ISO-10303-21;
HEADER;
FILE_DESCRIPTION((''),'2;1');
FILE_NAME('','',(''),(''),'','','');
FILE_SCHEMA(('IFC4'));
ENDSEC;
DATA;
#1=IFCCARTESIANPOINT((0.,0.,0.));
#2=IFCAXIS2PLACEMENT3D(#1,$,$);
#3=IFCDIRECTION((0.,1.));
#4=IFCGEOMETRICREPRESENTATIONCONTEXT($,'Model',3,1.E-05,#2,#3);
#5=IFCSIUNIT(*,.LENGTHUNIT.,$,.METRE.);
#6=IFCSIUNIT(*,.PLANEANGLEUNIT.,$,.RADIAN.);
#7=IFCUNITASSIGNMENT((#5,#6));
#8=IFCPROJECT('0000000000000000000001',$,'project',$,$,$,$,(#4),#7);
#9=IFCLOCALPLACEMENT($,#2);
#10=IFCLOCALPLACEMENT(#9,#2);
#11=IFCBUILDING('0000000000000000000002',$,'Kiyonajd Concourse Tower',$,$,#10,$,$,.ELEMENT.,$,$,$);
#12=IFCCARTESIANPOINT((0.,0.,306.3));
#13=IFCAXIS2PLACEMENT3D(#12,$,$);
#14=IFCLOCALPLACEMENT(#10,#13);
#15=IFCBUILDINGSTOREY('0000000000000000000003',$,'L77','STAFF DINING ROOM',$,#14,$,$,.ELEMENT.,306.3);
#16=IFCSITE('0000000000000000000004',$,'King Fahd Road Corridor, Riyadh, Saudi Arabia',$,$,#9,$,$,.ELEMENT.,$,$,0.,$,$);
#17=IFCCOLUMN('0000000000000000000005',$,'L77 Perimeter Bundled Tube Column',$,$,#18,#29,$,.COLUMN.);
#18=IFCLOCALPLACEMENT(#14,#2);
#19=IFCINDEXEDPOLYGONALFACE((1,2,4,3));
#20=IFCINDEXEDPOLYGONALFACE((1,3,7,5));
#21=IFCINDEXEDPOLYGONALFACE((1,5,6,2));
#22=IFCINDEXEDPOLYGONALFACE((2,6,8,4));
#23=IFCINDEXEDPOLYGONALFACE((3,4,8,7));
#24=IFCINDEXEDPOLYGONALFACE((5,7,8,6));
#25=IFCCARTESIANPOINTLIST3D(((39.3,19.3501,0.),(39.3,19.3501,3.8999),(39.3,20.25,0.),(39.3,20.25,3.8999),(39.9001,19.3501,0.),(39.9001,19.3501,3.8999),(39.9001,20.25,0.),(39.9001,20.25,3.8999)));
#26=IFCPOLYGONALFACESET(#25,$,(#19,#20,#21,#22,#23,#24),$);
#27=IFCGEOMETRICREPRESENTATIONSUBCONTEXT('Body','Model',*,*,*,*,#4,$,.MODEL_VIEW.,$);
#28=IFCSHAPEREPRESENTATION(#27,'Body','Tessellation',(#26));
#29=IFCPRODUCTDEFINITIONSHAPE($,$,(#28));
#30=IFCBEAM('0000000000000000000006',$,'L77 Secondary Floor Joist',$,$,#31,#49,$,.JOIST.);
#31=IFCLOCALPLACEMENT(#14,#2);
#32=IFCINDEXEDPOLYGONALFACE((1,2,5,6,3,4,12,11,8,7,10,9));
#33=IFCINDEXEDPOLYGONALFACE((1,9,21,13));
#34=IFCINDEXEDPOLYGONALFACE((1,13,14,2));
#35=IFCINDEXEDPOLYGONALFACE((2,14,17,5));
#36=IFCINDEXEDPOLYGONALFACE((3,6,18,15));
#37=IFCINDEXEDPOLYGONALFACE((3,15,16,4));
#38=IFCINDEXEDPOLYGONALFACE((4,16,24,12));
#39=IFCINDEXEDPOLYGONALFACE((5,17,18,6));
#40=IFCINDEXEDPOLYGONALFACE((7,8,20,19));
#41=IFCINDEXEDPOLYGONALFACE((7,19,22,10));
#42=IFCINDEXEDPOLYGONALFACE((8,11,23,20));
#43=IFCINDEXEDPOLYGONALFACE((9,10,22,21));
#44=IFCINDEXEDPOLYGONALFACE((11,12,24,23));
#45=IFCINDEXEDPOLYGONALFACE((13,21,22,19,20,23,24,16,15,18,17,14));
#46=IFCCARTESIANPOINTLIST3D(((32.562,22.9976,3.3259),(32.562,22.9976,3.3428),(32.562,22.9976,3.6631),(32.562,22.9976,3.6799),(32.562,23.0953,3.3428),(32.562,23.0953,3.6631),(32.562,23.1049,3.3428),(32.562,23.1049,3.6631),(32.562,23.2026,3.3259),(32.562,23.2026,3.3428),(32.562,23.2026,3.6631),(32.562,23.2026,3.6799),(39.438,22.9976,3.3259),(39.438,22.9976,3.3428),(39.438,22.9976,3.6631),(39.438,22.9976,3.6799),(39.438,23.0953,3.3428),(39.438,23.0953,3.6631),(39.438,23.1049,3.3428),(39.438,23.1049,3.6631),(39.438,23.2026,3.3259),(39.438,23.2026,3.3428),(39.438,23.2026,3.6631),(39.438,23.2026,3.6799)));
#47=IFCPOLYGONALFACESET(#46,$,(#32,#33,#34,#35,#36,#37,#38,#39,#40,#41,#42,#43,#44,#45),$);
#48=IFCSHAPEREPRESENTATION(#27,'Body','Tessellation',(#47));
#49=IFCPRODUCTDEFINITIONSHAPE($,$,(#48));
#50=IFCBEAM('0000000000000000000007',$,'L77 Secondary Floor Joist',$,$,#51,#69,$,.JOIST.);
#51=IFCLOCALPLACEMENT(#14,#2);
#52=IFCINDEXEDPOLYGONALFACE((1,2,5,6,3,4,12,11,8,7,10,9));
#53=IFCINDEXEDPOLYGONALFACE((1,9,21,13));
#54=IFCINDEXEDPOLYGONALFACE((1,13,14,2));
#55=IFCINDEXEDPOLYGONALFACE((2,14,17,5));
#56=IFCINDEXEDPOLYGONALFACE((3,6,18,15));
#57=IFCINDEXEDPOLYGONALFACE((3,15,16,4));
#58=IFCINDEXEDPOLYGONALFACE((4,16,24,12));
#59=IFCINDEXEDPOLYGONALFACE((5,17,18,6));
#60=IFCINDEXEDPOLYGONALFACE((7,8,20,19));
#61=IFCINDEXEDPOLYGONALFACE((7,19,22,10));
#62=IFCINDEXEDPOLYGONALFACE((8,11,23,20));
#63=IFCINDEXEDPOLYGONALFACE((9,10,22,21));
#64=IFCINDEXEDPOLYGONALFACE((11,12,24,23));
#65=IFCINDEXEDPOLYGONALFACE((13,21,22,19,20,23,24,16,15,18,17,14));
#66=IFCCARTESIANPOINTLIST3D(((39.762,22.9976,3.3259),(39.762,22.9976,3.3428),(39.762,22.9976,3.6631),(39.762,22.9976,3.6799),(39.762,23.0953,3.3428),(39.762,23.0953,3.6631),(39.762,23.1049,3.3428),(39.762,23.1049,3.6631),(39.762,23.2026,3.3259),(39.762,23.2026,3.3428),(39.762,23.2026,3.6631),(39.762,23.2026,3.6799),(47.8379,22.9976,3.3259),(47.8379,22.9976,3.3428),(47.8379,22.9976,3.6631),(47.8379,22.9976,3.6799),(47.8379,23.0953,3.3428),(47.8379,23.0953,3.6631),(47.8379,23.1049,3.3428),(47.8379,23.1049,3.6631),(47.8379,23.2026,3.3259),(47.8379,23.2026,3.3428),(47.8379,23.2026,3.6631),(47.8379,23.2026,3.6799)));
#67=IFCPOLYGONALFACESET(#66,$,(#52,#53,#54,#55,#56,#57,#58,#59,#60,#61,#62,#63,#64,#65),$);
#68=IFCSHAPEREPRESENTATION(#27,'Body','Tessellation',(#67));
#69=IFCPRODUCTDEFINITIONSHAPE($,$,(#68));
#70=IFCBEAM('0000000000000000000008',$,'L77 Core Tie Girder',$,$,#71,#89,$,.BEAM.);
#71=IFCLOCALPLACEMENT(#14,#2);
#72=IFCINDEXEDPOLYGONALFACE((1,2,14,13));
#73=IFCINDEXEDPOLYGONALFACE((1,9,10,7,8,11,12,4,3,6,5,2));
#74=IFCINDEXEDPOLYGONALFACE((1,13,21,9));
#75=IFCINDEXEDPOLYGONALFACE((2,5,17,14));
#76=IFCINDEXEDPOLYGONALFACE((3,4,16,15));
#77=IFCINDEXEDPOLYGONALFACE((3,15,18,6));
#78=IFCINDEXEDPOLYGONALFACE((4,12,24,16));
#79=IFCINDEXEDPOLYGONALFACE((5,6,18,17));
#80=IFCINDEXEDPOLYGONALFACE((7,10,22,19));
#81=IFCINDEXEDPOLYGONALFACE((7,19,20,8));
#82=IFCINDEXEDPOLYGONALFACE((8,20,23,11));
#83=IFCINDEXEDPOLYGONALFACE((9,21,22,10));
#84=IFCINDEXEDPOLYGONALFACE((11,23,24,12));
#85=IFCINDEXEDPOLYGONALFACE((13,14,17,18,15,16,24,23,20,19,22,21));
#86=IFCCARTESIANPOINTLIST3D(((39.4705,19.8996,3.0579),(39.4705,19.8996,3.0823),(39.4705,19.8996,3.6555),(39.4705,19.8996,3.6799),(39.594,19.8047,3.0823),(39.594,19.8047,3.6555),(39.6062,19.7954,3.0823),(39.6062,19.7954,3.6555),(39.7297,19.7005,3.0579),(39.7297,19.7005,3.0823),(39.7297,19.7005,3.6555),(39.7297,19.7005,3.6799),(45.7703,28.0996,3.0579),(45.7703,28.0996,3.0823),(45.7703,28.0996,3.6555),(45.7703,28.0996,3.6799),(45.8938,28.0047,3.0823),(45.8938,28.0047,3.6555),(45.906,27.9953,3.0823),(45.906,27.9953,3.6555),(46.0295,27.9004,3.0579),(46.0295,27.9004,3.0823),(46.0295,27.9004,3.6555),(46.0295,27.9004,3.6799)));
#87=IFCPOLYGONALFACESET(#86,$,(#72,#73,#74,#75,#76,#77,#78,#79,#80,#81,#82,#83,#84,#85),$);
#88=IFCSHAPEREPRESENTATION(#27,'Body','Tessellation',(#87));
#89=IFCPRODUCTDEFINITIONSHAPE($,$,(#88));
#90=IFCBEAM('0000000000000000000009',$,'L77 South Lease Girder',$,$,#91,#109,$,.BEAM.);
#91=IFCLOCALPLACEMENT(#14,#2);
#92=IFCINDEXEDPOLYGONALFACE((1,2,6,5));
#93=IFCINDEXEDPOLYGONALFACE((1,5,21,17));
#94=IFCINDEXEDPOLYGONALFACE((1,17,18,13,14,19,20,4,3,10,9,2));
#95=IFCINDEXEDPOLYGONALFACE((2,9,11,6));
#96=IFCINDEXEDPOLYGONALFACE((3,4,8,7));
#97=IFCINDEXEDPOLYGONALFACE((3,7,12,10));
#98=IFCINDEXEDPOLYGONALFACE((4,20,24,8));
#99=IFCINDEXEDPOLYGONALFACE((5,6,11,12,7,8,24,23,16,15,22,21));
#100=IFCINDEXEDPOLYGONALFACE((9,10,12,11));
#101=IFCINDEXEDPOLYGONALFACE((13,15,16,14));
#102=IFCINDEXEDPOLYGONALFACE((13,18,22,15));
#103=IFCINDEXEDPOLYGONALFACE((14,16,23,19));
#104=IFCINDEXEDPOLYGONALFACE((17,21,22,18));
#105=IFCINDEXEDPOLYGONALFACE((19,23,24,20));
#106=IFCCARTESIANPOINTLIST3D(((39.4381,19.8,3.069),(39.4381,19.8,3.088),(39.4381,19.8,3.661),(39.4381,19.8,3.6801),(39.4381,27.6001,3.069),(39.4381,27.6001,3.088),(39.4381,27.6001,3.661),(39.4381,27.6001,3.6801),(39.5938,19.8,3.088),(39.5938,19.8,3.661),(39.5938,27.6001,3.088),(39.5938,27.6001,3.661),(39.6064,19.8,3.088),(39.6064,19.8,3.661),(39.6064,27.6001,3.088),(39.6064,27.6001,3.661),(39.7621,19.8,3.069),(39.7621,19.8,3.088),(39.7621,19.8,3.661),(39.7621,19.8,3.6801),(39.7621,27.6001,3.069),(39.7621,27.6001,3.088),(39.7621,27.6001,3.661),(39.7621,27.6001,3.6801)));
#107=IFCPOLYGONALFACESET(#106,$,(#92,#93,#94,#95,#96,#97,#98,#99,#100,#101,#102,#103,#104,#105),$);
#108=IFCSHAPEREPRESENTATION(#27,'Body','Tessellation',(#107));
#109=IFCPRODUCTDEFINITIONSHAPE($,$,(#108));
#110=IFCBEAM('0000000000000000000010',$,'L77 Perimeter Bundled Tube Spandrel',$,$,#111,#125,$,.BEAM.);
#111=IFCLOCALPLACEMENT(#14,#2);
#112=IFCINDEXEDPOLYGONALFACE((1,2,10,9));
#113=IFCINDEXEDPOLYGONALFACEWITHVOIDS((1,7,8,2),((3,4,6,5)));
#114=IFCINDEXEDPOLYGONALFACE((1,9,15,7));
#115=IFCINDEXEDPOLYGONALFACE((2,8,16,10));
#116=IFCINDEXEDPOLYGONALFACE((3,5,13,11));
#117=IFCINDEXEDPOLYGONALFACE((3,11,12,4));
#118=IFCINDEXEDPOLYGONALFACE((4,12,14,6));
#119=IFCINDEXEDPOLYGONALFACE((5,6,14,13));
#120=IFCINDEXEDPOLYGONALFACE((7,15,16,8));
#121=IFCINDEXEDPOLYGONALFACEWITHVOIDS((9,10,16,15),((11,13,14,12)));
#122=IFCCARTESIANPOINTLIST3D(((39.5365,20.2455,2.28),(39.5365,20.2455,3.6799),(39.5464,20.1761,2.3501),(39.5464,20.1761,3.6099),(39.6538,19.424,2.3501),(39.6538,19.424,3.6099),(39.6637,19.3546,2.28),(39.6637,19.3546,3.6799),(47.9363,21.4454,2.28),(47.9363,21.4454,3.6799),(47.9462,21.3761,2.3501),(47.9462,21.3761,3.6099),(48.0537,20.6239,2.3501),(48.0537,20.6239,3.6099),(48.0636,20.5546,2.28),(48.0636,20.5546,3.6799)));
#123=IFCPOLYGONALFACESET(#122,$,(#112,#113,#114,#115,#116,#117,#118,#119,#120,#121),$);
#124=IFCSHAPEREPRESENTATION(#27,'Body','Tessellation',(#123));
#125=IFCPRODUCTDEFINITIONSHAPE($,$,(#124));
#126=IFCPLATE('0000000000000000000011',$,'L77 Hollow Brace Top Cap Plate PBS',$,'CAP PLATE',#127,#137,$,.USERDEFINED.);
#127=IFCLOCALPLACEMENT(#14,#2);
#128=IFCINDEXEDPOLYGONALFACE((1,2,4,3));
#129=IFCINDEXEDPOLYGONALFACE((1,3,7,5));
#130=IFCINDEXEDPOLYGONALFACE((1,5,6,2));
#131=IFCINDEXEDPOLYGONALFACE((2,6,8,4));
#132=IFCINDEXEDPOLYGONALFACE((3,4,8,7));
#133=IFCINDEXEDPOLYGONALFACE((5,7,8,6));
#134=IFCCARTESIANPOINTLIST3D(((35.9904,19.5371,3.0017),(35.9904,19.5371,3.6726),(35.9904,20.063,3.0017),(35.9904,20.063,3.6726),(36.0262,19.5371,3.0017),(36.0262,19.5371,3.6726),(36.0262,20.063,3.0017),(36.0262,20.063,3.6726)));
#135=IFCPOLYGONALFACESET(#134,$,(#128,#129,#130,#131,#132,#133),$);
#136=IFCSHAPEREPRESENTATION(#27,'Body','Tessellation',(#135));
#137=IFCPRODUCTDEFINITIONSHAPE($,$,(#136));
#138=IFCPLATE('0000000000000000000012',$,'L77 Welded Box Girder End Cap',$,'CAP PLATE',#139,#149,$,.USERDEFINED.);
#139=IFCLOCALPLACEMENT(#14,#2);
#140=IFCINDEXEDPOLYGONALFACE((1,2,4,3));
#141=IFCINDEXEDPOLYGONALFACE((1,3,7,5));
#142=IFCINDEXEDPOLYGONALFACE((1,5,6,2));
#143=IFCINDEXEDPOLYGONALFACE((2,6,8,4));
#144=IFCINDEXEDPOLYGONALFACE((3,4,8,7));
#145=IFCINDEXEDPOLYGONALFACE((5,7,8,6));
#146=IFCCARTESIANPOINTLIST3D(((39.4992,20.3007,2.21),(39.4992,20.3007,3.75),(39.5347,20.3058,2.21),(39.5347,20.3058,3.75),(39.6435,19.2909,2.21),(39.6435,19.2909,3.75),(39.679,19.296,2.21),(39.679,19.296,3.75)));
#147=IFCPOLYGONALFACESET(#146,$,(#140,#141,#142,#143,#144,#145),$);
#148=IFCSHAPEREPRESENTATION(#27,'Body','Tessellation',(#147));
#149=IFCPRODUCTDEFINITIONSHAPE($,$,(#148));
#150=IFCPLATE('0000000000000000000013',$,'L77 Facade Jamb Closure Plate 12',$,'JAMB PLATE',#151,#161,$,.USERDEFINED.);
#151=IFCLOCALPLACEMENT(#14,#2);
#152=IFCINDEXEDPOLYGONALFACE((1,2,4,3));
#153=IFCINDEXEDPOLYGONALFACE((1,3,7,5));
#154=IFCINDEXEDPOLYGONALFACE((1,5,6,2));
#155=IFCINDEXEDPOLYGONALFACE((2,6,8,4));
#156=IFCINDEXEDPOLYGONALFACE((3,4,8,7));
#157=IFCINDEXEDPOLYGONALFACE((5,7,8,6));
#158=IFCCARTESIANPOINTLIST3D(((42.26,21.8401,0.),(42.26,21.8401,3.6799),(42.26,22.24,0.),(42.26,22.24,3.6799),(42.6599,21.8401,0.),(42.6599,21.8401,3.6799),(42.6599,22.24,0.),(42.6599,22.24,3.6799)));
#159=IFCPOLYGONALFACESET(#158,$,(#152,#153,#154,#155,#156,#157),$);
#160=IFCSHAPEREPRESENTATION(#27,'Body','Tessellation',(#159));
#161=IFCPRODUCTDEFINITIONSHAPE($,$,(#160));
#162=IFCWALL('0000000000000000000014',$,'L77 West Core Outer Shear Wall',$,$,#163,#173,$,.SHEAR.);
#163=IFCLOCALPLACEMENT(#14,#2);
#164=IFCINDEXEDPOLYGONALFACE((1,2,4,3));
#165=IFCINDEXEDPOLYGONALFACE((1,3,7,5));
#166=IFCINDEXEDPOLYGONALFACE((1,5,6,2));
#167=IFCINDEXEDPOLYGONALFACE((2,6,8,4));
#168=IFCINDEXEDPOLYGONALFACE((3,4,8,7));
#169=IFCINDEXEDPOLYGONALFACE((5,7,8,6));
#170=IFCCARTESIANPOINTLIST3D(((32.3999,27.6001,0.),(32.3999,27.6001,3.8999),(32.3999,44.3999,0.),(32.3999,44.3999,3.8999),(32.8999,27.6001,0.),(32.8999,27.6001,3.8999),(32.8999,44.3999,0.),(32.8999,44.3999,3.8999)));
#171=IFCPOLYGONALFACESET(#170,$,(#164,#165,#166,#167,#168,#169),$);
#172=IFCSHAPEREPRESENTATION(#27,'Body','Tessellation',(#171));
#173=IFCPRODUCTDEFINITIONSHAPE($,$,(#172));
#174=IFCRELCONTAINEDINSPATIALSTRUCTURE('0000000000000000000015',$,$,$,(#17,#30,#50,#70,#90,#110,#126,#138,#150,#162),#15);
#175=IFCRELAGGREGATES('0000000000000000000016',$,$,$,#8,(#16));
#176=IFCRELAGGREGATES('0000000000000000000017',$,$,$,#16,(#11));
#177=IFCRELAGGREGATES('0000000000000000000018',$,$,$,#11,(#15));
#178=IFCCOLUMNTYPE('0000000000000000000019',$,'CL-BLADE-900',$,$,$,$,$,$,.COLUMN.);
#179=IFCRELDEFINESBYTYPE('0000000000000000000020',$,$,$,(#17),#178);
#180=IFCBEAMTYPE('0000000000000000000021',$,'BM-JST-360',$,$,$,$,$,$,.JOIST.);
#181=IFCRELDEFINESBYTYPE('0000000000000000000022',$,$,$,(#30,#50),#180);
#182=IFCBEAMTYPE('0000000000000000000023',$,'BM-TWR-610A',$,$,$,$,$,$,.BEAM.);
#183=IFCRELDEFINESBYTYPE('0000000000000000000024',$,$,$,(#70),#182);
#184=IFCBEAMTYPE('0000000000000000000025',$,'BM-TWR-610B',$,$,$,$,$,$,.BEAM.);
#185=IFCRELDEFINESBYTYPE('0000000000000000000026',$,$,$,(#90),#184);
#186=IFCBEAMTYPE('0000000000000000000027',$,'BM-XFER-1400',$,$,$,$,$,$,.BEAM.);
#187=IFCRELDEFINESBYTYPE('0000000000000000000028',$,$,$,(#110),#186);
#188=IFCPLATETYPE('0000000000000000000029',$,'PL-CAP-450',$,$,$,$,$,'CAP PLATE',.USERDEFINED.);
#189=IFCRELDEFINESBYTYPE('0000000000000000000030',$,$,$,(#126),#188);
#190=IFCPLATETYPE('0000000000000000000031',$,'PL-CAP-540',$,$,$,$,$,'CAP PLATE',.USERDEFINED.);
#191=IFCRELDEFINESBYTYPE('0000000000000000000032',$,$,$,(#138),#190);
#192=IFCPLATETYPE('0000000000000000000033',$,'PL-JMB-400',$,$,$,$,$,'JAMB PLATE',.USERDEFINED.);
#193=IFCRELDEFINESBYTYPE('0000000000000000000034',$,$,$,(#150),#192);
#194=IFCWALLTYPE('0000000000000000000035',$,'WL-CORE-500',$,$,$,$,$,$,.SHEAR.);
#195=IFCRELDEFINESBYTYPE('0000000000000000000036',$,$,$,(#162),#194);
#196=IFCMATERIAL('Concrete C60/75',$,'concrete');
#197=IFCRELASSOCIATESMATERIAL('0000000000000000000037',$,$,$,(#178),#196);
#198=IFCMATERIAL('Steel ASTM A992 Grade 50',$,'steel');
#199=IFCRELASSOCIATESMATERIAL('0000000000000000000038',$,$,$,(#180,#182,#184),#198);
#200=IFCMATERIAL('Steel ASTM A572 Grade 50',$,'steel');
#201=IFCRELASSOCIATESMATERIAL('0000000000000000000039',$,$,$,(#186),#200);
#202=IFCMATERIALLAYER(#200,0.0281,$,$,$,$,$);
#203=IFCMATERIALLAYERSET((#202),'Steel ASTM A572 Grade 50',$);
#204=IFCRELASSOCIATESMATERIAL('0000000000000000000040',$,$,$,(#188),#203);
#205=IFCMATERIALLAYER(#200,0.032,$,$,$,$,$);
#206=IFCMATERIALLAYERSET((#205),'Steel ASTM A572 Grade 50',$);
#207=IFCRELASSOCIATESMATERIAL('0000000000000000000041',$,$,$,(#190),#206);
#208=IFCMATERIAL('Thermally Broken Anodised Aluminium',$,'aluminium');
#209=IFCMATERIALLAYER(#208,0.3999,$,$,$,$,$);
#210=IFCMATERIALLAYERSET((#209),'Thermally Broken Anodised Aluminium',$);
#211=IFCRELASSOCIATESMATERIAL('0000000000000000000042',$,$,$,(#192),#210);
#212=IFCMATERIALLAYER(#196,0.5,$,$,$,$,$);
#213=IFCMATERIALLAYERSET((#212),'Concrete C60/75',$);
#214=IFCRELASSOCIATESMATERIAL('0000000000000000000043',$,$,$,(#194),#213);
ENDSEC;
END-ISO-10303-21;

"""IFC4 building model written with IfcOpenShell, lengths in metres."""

from ifc_helpers import new_model, si_unit, direction, frame, frame_2d, origin, origin_2d, place, context, subcontext, project, spatial, rectangle, hollow_rectangle, i_section, extrude, material, layer, layer_set, material_profile, profile_set, type_object, element, save


model = new_model("IFC4")

# Units and contexts
model_context = context("Model", 3, precision=1e-05, world=origin(), true_north=direction((0.0, 1.0)))
body_context = subcontext(model_context, "Body", "Model", "MODEL_VIEW")
ifc_project = project(units=[si_unit("LENGTHUNIT", "METRE"), si_unit("PLANEANGLEUNIT", "RADIAN")], contexts=[model_context])

# Site, building, storey
site_placement = place(None, origin())
site = spatial("IfcSite", under=ifc_project, at=site_placement, Name="King Fahd Road Corridor, Riyadh, Saudi Arabia", CompositionType="ELEMENT", RefElevation=0.0)
building_placement = place(site_placement, origin())
building = spatial("IfcBuilding", under=site, at=building_placement, Name="Kiyonajd Concourse Tower", CompositionType="ELEMENT")
storey_placement = place(building_placement, frame((0.0, 0.0, 306.3)))
storey = spatial("IfcBuildingStorey", under=building, at=storey_placement, Name="L77", Description="STAFF DINING ROOM", CompositionType="ELEMENT", Elevation=306.3)

# Column
ifc_material_1 = material(Name="Concrete C60/75", Category="concrete")
ifc_material_profile_1 = material_profile(ifc_material_1, rectangle(XDim=0.6001, YDim=0.8999, at=origin_2d()), Name="RC-900x600")
ifc_profile_set_1 = profile_set([ifc_material_profile_1], Name="Concrete C60/75")
column_type = type_object("IfcColumnType", Name="CL-BLADE-900", PredefinedType="COLUMN", material=ifc_profile_set_1)
column_placement = place(storey_placement, frame((39.6001, 19.8, 0.0), z_axis=(0.0, 0.0, 1.0), x_axis=(1.0, 0.0, 0.0)))
element("IfcColumn", 1, at=column_placement, inside=storey, type_object=column_type, Name="L77 Perimeter Bundled Tube Column", PredefinedType="COLUMN", context=body_context, shape_type="SweptSolid", body=[
    extrude(rectangle(XDim=0.6001, YDim=0.8999, at=origin_2d()), origin(), (0.0, 0.0, 1.0), 3.8999),
])

# Beams
ifc_material_2 = material(Name="Steel ASTM A992 Grade 50", Category="steel")
ifc_material_profile_2 = material_profile(ifc_material_2, i_section(OverallWidth=0.2051, OverallDepth=0.354, WebThickness=0.0095, FlangeThickness=0.0168, at=origin_2d()), Name="W360X79")
ifc_profile_set_2 = profile_set([ifc_material_profile_2], Name="Steel ASTM A992 Grade 50")
beam_type_1 = type_object("IfcBeamType", Name="BM-JST-360", PredefinedType="JOIST", material=ifc_profile_set_2)
beam_1_placement = place(storey_placement, frame((32.562, 23.1001, 3.5029), z_axis=(1.0, 0.0, 0.0), x_axis=(0.0, 1.0, 0.0)))
element("IfcBeam", 2, at=beam_1_placement, inside=storey, type_object=beam_type_1, Name="L77 Secondary Floor Joist", PredefinedType="JOIST", context=body_context, shape_type="SweptSolid", body=[
    extrude(i_section(OverallWidth=0.2051, OverallDepth=0.354, WebThickness=0.0095, FlangeThickness=0.0168, at=origin_2d()), origin(), (0.0, 0.0, 1.0), 6.876),
])
beam_2_placement = place(storey_placement, frame((39.762, 23.1001, 3.5029), z_axis=(1.0, 0.0, 0.0), x_axis=(0.0, 1.0, 0.0)))
element("IfcBeam", 3, at=beam_2_placement, inside=storey, type_object=beam_type_1, Name="L77 Secondary Floor Joist", PredefinedType="JOIST", context=body_context, shape_type="SweptSolid", body=[
    extrude(i_section(OverallWidth=0.2051, OverallDepth=0.354, WebThickness=0.0095, FlangeThickness=0.0168, at=origin_2d()), origin(), (0.0, 0.0, 1.0), 8.0759),
])
ifc_material_profile_3 = material_profile(ifc_material_2, i_section(OverallWidth=0.3269, OverallDepth=0.6221, WebThickness=0.0154, FlangeThickness=0.0244, at=origin_2d()), Name="W610X195")
ifc_profile_set_3 = profile_set([ifc_material_profile_3], Name="Steel ASTM A992 Grade 50")
beam_type_2 = type_object("IfcBeamType", Name="BM-TWR-610A", PredefinedType="BEAM", material=ifc_profile_set_3)
beam_3_placement = place(storey_placement, frame((39.6001, 19.8, 3.3689), z_axis=(0.609234, 0.792991, 0.0), x_axis=(-0.792991, 0.609234, 0.0)))
element("IfcBeam", 4, at=beam_3_placement, inside=storey, type_object=beam_type_2, Name="L77 Core Tie Girder", PredefinedType="BEAM", context=body_context, shape_type="SweptSolid", body=[
    extrude(i_section(OverallWidth=0.3269, OverallDepth=0.6221, WebThickness=0.0154, FlangeThickness=0.0244, at=origin_2d()), origin(), (0.0, 0.0, 1.0), 10.3406),
])
ifc_material_profile_4 = material_profile(ifc_material_2, i_section(OverallWidth=0.324, OverallDepth=0.6111, WebThickness=0.0127, FlangeThickness=0.019, at=origin_2d()), Name="W610X155")
ifc_profile_set_4 = profile_set([ifc_material_profile_4], Name="Steel ASTM A992 Grade 50")
beam_type_3 = type_object("IfcBeamType", Name="BM-TWR-610B", PredefinedType="BEAM", material=ifc_profile_set_4)
beam_4_placement = place(storey_placement, frame((39.6001, 19.8, 3.3745), z_axis=(0.0, 1.0, 0.0), x_axis=(-1.0, 0.0, 0.0)))
element("IfcBeam", 5, at=beam_4_placement, inside=storey, type_object=beam_type_3, Name="L77 South Lease Girder", PredefinedType="BEAM", context=body_context, shape_type="SweptSolid", body=[
    extrude(i_section(OverallWidth=0.324, OverallDepth=0.6111, WebThickness=0.0127, FlangeThickness=0.019, at=origin_2d()), origin(), (0.0, 0.0, 1.0), 7.8),
])
ifc_material_3 = material(Name="Steel ASTM A572 Grade 50", Category="steel")
ifc_material_profile_5 = material_profile(ifc_material_3, hollow_rectangle(XDim=0.8999, YDim=1.3999, WallThickness=0.0701, at=origin_2d()), Name="BOX-1400x900x70")
ifc_profile_set_5 = profile_set([ifc_material_profile_5], Name="Steel ASTM A572 Grade 50")
beam_type_4 = type_object("IfcBeamType", Name="BM-XFER-1400", PredefinedType="BEAM", material=ifc_profile_set_5)
beam_5_placement = place(storey_placement, frame((39.6001, 19.8, 2.98), z_axis=(0.98995, 0.141417, 0.0), x_axis=(-0.141417, 0.98995, 0.0)))
element("IfcBeam", 6, at=beam_5_placement, inside=storey, type_object=beam_type_4, Name="L77 Perimeter Bundled Tube Spandrel", PredefinedType="BEAM", context=body_context, shape_type="SweptSolid", body=[
    extrude(hollow_rectangle(XDim=0.8999, YDim=1.3999, WallThickness=0.0701, at=origin_2d()), origin(), (0.0, 0.0, 1.0), 8.4851),
])

# Plates
ifc_layer_1 = layer(ifc_material_3, 0.0281)
ifc_layer_set_1 = layer_set([ifc_layer_1], Name="Steel ASTM A572 Grade 50")
plate_type_1 = type_object("IfcPlateType", Name="PL-CAP-450", ElementType="CAP PLATE", PredefinedType="USERDEFINED", material=ifc_layer_set_1)
plate_1_placement = place(storey_placement, frame((36.0083, 19.8, 3.0017), z_axis=(0.0, 0.0, 1.0), x_axis=(1.0, 0.0, 0.0)))
element("IfcPlate", 7, at=plate_1_placement, inside=storey, type_object=plate_type_1, Name="L77 Hollow Brace Top Cap Plate PBS", ObjectType="CAP PLATE", PredefinedType="USERDEFINED", context=body_context, shape_type="SweptSolid", body=[
    extrude(rectangle(XDim=0.0359, YDim=0.5259, at=origin_2d()), origin(), (0.0, 0.0, 1.0), 0.6709),
])
ifc_layer_2 = layer(ifc_material_3, 0.032)
ifc_layer_set_2 = layer_set([ifc_layer_2], Name="Steel ASTM A572 Grade 50")
plate_type_2 = type_object("IfcPlateType", Name="PL-CAP-540", ElementType="CAP PLATE", PredefinedType="USERDEFINED", material=ifc_layer_set_2)
plate_2_placement = place(storey_placement, frame((39.5891, 19.7983, 2.21), z_axis=(0.0, 0.0, 1.0), x_axis=(-0.98995, -0.14142, 0.0)))
element("IfcPlate", 8, at=plate_2_placement, inside=storey, type_object=plate_type_2, Name="L77 Welded Box Girder End Cap", ObjectType="CAP PLATE", PredefinedType="USERDEFINED", context=body_context, shape_type="SweptSolid", body=[
    extrude(rectangle(XDim=0.0359, YDim=1.02, at=origin_2d()), origin(), (0.0, 0.0, 1.0), 1.54),
])
ifc_material_4 = material(Name="Thermally Broken Anodised Aluminium", Category="aluminium")
ifc_layer_3 = layer(ifc_material_4, 0.3999)
ifc_layer_set_3 = layer_set([ifc_layer_3], Name="Thermally Broken Anodised Aluminium")
plate_type_3 = type_object("IfcPlateType", Name="PL-JMB-400", ElementType="JAMB PLATE", PredefinedType="USERDEFINED", material=ifc_layer_set_3)
plate_3_placement = place(storey_placement, frame((42.46, 22.04, 0.0), z_axis=(0.0, 0.0, 1.0), x_axis=(1.0, 0.0, 0.0)))
element("IfcPlate", 9, at=plate_3_placement, inside=storey, type_object=plate_type_3, Name="L77 Facade Jamb Closure Plate 12", ObjectType="JAMB PLATE", PredefinedType="USERDEFINED", context=body_context, shape_type="SweptSolid", body=[
    extrude(rectangle(XDim=0.3999, YDim=0.3999, at=origin_2d()), origin(), (0.0, 0.0, 1.0), 3.6799),
])

# Wall
ifc_layer_4 = layer(ifc_material_1, 0.5)
ifc_layer_set_4 = layer_set([ifc_layer_4], Name="Concrete C60/75")
wall_type_1 = type_object("IfcWallType", Name="WL-CORE-500", PredefinedType="SHEAR", material=ifc_layer_set_4)
wall_1_placement = place(storey_placement, frame((32.6499, 27.6001, 0.0), z_axis=(0.0, 0.0, 1.0), x_axis=(0.0, 1.0, 0.0)))
element("IfcWall", 10, at=wall_1_placement, inside=storey, type_object=wall_type_1, Name="L77 West Core Outer Shear Wall", PredefinedType="SHEAR", context=body_context, shape_type="SweptSolid", body=[
    extrude(rectangle(XDim=16.7998, YDim=0.5, at=frame_2d((8.3999, 0.0))), origin(), (0.0, 0.0, 1.0), 3.8999),
])

save(model, "model.ifc")
